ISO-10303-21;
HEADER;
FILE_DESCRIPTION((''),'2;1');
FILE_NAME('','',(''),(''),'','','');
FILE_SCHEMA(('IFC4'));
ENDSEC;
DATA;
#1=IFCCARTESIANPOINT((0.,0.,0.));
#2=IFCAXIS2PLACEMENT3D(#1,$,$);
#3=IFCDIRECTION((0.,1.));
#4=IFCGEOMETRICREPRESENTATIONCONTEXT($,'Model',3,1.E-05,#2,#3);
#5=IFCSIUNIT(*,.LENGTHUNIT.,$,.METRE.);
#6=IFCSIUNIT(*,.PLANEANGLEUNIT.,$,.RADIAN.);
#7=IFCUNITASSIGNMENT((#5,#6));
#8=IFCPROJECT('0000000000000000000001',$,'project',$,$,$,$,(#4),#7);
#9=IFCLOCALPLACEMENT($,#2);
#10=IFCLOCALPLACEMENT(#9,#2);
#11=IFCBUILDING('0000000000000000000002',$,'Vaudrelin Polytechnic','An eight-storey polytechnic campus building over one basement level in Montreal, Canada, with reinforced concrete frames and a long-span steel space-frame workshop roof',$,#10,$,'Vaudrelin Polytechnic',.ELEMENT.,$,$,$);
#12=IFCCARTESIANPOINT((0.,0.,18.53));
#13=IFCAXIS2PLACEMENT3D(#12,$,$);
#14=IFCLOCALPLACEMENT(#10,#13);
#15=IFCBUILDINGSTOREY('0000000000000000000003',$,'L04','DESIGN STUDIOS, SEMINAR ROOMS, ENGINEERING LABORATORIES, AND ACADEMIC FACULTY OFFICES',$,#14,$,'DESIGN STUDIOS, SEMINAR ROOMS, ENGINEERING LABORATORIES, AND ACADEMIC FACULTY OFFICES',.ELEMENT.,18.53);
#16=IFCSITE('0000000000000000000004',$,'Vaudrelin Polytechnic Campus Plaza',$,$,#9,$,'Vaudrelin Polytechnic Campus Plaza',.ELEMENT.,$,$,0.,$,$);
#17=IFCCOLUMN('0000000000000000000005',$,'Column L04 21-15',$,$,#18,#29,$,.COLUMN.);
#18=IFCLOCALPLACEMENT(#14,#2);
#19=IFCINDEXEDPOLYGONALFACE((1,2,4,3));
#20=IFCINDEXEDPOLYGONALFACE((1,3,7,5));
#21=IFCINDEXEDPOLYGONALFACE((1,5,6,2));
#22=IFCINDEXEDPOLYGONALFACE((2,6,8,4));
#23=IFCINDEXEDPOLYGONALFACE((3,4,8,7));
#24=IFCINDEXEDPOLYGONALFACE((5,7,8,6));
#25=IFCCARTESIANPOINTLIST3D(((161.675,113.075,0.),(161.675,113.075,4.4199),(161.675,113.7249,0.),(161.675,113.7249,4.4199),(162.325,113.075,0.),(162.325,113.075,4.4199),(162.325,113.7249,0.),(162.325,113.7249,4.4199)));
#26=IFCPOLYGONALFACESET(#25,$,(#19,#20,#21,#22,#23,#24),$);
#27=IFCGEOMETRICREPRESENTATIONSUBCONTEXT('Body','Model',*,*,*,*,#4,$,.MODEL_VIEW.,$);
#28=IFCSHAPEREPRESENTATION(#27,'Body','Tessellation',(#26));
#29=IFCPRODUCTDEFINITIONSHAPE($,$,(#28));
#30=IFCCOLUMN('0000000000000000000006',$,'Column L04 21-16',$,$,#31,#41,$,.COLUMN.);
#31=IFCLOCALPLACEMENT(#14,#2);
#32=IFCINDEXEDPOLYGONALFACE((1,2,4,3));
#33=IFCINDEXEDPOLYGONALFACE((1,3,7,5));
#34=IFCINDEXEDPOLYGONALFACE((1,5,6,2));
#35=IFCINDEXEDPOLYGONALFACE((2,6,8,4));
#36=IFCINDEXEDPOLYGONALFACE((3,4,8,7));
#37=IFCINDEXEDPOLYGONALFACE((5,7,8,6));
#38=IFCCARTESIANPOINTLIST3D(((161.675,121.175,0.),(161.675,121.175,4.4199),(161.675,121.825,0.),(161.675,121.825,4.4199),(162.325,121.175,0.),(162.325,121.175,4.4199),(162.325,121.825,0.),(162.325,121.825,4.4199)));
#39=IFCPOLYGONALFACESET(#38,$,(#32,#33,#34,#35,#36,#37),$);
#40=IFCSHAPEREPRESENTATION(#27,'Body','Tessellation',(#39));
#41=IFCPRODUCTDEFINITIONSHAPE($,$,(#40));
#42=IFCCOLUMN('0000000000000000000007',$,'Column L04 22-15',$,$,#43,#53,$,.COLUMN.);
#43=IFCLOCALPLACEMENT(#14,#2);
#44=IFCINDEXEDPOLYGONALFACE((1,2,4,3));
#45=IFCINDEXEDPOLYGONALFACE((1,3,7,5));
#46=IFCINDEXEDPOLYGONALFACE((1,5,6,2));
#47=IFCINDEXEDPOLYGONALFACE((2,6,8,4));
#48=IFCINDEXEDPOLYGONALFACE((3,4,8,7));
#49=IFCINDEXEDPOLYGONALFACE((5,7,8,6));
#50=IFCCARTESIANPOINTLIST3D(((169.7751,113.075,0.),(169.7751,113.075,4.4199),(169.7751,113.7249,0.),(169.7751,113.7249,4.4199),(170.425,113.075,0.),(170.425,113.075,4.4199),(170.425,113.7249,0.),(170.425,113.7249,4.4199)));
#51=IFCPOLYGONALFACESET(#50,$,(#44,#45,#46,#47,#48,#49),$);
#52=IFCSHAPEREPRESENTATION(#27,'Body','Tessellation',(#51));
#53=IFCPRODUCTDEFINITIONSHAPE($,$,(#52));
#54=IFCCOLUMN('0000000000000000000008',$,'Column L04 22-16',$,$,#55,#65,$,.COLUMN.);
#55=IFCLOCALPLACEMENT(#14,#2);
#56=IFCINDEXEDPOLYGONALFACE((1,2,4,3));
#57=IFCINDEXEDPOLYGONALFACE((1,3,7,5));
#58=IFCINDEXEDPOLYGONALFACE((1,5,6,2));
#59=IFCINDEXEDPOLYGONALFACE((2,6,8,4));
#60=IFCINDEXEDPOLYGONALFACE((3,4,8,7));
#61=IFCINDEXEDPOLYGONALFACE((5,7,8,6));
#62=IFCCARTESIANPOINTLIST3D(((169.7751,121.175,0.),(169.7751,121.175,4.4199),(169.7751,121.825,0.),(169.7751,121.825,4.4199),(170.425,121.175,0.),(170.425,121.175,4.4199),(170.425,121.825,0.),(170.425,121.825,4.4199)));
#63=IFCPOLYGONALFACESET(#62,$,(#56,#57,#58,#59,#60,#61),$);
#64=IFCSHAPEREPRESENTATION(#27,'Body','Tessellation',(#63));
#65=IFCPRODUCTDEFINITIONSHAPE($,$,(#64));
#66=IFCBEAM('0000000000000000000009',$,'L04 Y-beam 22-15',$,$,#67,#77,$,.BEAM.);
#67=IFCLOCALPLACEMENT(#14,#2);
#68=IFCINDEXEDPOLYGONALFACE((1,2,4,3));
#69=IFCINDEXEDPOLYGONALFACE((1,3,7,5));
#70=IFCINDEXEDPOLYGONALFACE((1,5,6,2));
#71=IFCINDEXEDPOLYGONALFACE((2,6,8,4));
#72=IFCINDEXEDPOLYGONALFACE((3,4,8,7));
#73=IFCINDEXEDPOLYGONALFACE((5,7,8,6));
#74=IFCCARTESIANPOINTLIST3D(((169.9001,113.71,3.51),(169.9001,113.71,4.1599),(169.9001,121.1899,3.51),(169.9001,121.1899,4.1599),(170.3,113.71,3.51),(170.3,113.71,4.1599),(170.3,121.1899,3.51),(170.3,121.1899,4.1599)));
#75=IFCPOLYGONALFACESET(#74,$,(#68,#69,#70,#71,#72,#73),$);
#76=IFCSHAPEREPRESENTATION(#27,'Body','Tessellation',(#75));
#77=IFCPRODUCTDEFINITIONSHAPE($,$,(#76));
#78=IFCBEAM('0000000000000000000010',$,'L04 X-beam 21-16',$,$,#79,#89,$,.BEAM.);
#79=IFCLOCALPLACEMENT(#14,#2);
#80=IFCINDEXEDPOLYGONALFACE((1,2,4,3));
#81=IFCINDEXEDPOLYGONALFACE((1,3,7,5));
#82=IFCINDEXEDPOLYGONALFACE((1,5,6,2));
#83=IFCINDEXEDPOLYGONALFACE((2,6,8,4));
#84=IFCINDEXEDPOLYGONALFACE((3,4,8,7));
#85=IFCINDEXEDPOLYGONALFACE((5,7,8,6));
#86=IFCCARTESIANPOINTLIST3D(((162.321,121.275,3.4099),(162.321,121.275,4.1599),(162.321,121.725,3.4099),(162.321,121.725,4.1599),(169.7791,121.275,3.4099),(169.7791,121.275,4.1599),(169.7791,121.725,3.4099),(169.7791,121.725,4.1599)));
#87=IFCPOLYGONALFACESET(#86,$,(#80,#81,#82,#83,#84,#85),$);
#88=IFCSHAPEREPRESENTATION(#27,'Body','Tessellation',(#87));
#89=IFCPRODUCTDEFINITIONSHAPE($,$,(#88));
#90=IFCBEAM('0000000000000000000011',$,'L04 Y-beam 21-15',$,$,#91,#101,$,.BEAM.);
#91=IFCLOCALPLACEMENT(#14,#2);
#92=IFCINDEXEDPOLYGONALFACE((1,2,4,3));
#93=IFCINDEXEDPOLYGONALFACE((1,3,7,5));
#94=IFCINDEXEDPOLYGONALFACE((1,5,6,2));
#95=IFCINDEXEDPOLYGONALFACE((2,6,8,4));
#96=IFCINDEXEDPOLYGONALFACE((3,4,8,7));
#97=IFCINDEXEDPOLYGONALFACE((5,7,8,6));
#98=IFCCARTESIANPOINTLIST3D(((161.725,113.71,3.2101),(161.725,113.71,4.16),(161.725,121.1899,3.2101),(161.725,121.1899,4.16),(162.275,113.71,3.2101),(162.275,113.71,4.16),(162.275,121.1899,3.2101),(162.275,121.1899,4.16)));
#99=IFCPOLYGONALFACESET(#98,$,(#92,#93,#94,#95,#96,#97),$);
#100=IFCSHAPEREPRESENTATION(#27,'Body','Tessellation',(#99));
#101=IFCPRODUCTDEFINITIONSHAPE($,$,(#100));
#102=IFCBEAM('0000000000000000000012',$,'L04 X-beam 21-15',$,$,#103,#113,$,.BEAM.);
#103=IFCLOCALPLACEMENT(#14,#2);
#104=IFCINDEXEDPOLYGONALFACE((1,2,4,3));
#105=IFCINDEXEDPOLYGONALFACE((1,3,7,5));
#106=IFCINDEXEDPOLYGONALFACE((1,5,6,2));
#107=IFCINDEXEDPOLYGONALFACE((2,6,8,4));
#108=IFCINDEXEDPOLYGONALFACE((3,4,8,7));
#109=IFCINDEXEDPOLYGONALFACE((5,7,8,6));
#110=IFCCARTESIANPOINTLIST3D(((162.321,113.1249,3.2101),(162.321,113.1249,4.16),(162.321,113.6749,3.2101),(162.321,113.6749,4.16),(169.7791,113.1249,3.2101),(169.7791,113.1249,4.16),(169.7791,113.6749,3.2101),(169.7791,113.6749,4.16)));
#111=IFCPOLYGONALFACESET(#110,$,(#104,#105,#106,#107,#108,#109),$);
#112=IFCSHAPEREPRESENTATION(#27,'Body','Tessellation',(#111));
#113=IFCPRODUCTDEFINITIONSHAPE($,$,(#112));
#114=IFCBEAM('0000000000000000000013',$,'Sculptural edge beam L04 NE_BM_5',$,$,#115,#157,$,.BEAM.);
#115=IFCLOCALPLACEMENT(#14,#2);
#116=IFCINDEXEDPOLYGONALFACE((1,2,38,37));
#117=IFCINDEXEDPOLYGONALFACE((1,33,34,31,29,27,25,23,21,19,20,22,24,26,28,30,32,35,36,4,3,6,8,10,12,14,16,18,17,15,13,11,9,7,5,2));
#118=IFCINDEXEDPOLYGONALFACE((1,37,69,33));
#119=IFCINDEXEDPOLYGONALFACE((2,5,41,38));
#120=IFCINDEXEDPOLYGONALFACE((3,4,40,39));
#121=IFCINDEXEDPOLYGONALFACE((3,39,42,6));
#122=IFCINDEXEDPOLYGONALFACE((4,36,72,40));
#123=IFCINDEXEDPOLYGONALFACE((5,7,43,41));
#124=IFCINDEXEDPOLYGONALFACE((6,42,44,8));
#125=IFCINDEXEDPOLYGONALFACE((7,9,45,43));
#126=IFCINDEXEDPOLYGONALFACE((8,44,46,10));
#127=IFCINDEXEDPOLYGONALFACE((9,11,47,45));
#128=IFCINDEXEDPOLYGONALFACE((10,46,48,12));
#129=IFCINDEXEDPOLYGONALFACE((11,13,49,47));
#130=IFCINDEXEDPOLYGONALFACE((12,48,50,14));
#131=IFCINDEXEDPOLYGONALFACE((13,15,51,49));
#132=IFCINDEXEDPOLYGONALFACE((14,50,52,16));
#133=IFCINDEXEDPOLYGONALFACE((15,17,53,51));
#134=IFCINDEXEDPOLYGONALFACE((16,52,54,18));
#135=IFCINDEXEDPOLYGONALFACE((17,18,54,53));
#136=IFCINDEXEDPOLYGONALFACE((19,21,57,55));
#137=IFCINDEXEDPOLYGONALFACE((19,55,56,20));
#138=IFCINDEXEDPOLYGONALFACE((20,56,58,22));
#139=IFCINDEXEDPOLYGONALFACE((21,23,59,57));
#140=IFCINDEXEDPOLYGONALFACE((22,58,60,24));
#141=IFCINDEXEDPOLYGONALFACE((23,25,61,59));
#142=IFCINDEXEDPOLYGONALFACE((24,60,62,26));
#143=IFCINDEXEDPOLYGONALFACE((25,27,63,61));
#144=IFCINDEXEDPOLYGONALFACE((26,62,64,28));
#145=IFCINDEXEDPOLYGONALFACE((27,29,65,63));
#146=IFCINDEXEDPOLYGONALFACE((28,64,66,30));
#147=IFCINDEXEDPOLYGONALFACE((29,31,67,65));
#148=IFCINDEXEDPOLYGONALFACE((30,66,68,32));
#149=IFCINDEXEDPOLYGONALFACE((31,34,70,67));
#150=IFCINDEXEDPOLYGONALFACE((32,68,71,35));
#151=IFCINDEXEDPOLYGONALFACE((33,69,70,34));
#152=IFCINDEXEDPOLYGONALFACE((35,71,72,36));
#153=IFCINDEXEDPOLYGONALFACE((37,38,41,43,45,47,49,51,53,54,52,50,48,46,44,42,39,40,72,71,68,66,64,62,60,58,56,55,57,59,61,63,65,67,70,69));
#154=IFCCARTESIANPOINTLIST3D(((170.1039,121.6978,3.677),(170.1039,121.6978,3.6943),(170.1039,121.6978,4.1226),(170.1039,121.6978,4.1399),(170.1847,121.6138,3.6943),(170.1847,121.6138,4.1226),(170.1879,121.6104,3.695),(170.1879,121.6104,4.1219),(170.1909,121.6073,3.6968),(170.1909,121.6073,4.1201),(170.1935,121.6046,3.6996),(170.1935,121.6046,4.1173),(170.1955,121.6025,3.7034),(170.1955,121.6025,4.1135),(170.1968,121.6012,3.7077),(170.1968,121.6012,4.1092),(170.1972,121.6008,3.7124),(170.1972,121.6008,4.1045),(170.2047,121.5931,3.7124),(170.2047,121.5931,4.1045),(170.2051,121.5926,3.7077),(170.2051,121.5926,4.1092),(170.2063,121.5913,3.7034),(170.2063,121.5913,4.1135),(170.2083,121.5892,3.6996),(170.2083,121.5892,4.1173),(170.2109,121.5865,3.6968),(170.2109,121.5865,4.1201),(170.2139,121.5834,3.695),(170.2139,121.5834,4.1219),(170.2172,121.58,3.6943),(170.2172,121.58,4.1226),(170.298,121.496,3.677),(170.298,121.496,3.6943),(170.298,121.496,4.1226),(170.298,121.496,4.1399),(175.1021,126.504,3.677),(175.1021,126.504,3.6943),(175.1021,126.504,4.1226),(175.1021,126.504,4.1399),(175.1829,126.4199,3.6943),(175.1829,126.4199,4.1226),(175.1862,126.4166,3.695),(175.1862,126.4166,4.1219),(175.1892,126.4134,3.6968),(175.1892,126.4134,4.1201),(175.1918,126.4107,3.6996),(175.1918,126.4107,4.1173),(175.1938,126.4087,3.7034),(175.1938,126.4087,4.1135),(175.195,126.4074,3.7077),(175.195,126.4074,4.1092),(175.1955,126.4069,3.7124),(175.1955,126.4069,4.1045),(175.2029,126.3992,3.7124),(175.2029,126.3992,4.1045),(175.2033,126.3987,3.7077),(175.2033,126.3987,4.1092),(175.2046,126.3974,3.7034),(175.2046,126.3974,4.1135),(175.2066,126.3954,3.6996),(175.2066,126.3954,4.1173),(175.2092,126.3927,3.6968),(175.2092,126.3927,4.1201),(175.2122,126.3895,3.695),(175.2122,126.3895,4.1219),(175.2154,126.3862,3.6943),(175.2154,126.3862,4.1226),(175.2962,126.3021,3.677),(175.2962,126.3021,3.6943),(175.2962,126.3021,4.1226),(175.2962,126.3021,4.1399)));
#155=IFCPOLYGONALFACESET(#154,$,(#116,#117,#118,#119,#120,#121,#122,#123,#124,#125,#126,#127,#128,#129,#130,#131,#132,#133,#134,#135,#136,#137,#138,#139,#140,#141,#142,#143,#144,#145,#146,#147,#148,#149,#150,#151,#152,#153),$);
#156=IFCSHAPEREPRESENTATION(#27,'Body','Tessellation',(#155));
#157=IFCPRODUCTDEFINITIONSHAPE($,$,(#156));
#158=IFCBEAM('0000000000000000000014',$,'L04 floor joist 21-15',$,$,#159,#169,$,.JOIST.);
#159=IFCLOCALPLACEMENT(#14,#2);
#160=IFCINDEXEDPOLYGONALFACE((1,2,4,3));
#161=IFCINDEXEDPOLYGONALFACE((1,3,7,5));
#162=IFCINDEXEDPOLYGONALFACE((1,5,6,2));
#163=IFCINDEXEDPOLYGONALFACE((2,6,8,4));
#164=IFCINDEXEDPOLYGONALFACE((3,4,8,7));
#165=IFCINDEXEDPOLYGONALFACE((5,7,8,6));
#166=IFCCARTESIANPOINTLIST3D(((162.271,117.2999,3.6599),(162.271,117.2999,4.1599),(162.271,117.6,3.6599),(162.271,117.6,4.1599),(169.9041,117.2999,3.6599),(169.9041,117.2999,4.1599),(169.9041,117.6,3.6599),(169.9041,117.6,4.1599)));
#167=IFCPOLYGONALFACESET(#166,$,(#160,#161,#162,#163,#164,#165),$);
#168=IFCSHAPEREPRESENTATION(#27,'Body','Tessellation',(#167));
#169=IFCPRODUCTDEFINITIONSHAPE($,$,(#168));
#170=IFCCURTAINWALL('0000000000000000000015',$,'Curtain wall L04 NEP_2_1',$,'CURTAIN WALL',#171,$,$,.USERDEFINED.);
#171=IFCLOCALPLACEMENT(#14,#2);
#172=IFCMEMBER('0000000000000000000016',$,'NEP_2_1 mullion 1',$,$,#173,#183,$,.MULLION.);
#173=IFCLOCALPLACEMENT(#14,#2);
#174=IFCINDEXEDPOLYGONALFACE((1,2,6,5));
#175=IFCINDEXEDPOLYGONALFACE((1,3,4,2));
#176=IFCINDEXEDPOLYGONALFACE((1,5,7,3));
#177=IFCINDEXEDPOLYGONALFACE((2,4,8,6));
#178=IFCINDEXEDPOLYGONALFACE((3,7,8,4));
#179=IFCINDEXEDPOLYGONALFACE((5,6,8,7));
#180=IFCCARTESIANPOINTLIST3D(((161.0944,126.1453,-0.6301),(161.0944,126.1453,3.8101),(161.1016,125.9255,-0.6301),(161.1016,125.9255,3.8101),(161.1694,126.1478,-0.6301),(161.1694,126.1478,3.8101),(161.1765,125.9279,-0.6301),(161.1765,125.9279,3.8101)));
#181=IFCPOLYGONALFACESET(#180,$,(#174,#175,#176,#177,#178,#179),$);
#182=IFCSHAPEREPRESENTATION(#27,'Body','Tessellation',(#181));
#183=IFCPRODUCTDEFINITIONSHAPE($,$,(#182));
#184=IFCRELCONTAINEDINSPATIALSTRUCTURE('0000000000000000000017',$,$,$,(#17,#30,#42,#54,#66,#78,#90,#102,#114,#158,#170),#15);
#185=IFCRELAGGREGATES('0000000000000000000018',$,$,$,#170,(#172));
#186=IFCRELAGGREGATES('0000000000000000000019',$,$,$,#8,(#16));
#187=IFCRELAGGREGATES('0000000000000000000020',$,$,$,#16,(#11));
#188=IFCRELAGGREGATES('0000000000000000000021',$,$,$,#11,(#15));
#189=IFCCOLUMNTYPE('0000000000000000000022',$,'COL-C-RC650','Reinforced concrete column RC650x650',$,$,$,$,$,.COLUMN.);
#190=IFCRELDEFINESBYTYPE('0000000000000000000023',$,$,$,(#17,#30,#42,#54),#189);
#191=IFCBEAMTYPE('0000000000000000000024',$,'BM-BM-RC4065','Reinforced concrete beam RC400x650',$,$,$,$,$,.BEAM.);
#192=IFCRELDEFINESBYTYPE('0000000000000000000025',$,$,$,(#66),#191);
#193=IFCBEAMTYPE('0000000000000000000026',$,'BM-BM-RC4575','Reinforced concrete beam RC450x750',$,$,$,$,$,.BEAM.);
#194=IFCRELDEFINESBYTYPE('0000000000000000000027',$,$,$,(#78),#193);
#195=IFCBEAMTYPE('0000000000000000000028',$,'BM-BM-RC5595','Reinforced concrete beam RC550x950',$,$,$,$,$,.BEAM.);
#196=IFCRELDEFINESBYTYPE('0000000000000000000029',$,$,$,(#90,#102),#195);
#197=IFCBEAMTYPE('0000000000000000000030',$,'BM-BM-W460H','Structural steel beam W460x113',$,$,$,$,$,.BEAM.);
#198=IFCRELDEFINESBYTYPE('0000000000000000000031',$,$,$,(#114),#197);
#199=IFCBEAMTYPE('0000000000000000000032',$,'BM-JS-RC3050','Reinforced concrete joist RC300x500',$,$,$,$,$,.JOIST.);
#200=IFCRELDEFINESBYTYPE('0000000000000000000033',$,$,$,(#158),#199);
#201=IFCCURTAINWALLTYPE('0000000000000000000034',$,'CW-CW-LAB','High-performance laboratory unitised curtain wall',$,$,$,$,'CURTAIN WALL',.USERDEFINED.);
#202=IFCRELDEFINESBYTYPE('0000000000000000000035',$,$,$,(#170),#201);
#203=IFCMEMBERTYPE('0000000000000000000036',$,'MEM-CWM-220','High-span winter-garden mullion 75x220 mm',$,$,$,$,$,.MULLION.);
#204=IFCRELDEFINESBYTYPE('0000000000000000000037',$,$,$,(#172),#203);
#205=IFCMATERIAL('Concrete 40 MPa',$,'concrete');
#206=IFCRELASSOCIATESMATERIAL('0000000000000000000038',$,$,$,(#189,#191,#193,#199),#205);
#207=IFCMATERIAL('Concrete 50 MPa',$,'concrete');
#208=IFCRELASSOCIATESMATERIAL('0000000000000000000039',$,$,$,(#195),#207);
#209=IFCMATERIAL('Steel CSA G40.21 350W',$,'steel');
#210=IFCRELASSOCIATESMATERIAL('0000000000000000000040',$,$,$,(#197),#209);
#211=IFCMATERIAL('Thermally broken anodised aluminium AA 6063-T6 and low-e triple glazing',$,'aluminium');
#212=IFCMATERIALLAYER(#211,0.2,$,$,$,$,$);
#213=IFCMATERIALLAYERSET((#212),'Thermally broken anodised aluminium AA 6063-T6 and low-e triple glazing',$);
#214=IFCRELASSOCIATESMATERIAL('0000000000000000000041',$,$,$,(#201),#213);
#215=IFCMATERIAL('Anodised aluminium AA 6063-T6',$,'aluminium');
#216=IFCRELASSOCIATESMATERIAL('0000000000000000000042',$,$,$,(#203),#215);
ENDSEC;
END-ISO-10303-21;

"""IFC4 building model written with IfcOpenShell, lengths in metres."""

from ifc_helpers import new_model, si_unit, direction, frame, origin, origin_2d, place, context, subcontext, project, spatial, rectangle, i_section, extrude, material, layer, layer_set, material_profile, profile_set, type_object, element, aggregate, save


model = new_model("IFC4")

# Units and contexts
model_context = context("Model", 3, precision=1e-05, world=origin(), true_north=direction((0.0, 1.0)))
body_context = subcontext(model_context, "Body", "Model", "MODEL_VIEW")
ifc_project = project(units=[si_unit("LENGTHUNIT", "METRE"), si_unit("PLANEANGLEUNIT", "RADIAN")], contexts=[model_context])

# Site, building, storey
site_placement = place(None, origin())
site = spatial("IfcSite", under=ifc_project, at=site_placement, Name="Vaudrelin Polytechnic Campus Plaza", LongName="Vaudrelin Polytechnic Campus Plaza", CompositionType="ELEMENT", RefElevation=0.0)
building_placement = place(site_placement, origin())
building = spatial("IfcBuilding", under=site, at=building_placement, Name="Vaudrelin Polytechnic", Description="An eight-storey polytechnic campus building over one basement level in Montreal, Canada, with reinforced concrete frames and a long-span steel space-frame workshop roof", LongName="Vaudrelin Polytechnic", CompositionType="ELEMENT")
storey_placement = place(building_placement, frame((0.0, 0.0, 18.53)))
storey = spatial("IfcBuildingStorey", under=building, at=storey_placement, Name="L04", Description="DESIGN STUDIOS, SEMINAR ROOMS, ENGINEERING LABORATORIES, AND ACADEMIC FACULTY OFFICES", LongName="DESIGN STUDIOS, SEMINAR ROOMS, ENGINEERING LABORATORIES, AND ACADEMIC FACULTY OFFICES", CompositionType="ELEMENT", Elevation=18.53)

# Columns
ifc_material_1 = material(Name="Concrete 40 MPa", Category="concrete")
ifc_material_profile_1 = material_profile(ifc_material_1, rectangle(XDim=0.6499, YDim=0.6499, at=origin_2d()), Name="RC650x650")
ifc_profile_set_1 = profile_set([ifc_material_profile_1], Name="Concrete 40 MPa")
column_type = type_object("IfcColumnType", Name="COL-C-RC650", Description="Reinforced concrete column RC650x650", PredefinedType="COLUMN", material=ifc_profile_set_1)
for number, where, z_axis, x_axis, name in (
    (1, (162.0, 113.3999, 0.0), (0.0, 0.0, 1.0), (1.0, 0.0, 0.0), "Column L04 21-15"),
    (2, (162.0, 121.5, 0.0), (0.0, 0.0, 1.0), (1.0, 0.0, 0.0), "Column L04 21-16"),
    (3, (170.1001, 113.3999, 0.0), (0.0, 0.0, 1.0), (1.0, 0.0, 0.0), "Column L04 22-15"),
    (4, (170.1001, 121.5, 0.0), (0.0, 0.0, 1.0), (1.0, 0.0, 0.0), "Column L04 22-16"),
):
    element("IfcColumn", number, at=place(storey_placement, frame(where, z_axis=z_axis, x_axis=x_axis)), inside=storey, type_object=column_type, Name=name, PredefinedType="COLUMN", context=body_context, shape_type="SweptSolid", body=[
        extrude(rectangle(XDim=0.6499, YDim=0.6499, at=origin_2d()), origin(), (0.0, 0.0, 1.0), 4.4199),
    ])

# Beams
ifc_material_profile_2 = material_profile(ifc_material_1, rectangle(XDim=0.3999, YDim=0.6499, at=origin_2d()), Name="RC400x650")
ifc_profile_set_2 = profile_set([ifc_material_profile_2], Name="Concrete 40 MPa")
beam_type_1 = type_object("IfcBeamType", Name="BM-BM-RC4065", Description="Reinforced concrete beam RC400x650", PredefinedType="BEAM", material=ifc_profile_set_2)
beam_1_placement = place(storey_placement, frame((170.1001, 113.71, 3.835), z_axis=(0.0, 1.0, 0.0), x_axis=(-1.0, 0.0, 0.0)))
element("IfcBeam", 5, at=beam_1_placement, inside=storey, type_object=beam_type_1, Name="L04 Y-beam 22-15", PredefinedType="BEAM", context=body_context, shape_type="SweptSolid", body=[
    extrude(rectangle(XDim=0.3999, YDim=0.6499, at=origin_2d()), origin(), (0.0, 0.0, 1.0), 7.48),
])
ifc_material_profile_3 = material_profile(ifc_material_1, rectangle(XDim=0.45, YDim=0.75, at=origin_2d()), Name="RC450x750")
ifc_profile_set_3 = profile_set([ifc_material_profile_3], Name="Concrete 40 MPa")
beam_type_2 = type_object("IfcBeamType", Name="BM-BM-RC4575", Description="Reinforced concrete beam RC450x750", PredefinedType="BEAM", material=ifc_profile_set_3)
beam_2_placement = place(storey_placement, frame((162.321, 121.5, 3.7849), z_axis=(1.0, 0.0, 0.0), x_axis=(0.0, 1.0, 0.0)))
element("IfcBeam", 6, at=beam_2_placement, inside=storey, type_object=beam_type_2, Name="L04 X-beam 21-16", PredefinedType="BEAM", context=body_context, shape_type="SweptSolid", body=[
    extrude(rectangle(XDim=0.45, YDim=0.75, at=origin_2d()), origin(), (0.0, 0.0, 1.0), 7.458),
])
ifc_material_2 = material(Name="Concrete 50 MPa", Category="concrete")
ifc_material_profile_4 = material_profile(ifc_material_2, rectangle(XDim=0.55, YDim=0.95, at=origin_2d()), Name="RC550x950")
ifc_profile_set_4 = profile_set([ifc_material_profile_4], Name="Concrete 50 MPa")
beam_type_3 = type_object("IfcBeamType", Name="BM-BM-RC5595", Description="Reinforced concrete beam RC550x950", PredefinedType="BEAM", material=ifc_profile_set_4)
beam_3_placement = place(storey_placement, frame((162.0, 113.71, 3.6851), z_axis=(0.0, 1.0, 0.0), x_axis=(-1.0, 0.0, 0.0)))
element("IfcBeam", 7, at=beam_3_placement, inside=storey, type_object=beam_type_3, Name="L04 Y-beam 21-15", PredefinedType="BEAM", context=body_context, shape_type="SweptSolid", body=[
    extrude(rectangle(XDim=0.55, YDim=0.95, at=origin_2d()), origin(), (0.0, 0.0, 1.0), 7.48),
])
beam_4_placement = place(storey_placement, frame((162.321, 113.3999, 3.6851), z_axis=(1.0, 0.0, 0.0), x_axis=(0.0, 1.0, 0.0)))
element("IfcBeam", 8, at=beam_4_placement, inside=storey, type_object=beam_type_3, Name="L04 X-beam 21-15", PredefinedType="BEAM", context=body_context, shape_type="SweptSolid", body=[
    extrude(rectangle(XDim=0.55, YDim=0.95, at=origin_2d()), origin(), (0.0, 0.0, 1.0), 7.458),
])
ifc_material_3 = material(Name="Steel CSA G40.21 350W", Category="steel")
ifc_material_profile_5 = material_profile(ifc_material_3, i_section(OverallWidth=0.28, OverallDepth=0.4629, WebThickness=0.0107, FlangeThickness=0.0173, FilletRadius=0.0181, at=origin_2d()), Name="W460x113")
ifc_profile_set_5 = profile_set([ifc_material_profile_5], Name="Steel CSA G40.21 350W")
beam_type_4 = type_object("IfcBeamType", Name="BM-BM-W460H", Description="Structural steel beam W460x113", PredefinedType="BEAM", material=ifc_profile_set_5)
beam_5_placement = place(storey_placement, frame((170.2009, 121.5969, 3.9084), z_axis=(0.720826, 0.693116, 0.0), x_axis=(-0.693116, 0.720826, 0.0)))
element("IfcBeam", 9, at=beam_5_placement, inside=storey, type_object=beam_type_4, Name="Sculptural edge beam L04 NE_BM_5", PredefinedType="BEAM", context=body_context, shape_type="SweptSolid", body=[
    extrude(i_section(OverallWidth=0.28, OverallDepth=0.4629, WebThickness=0.0107, FlangeThickness=0.0173, FilletRadius=0.0181, at=origin_2d()), origin(), (0.0, 0.0, 1.0), 6.9341),
])
ifc_material_profile_6 = material_profile(ifc_material_1, rectangle(XDim=0.3, YDim=0.5, at=origin_2d()), Name="RC300x500")
ifc_profile_set_6 = profile_set([ifc_material_profile_6], Name="Concrete 40 MPa")
beam_type_5 = type_object("IfcBeamType", Name="BM-JS-RC3050", Description="Reinforced concrete joist RC300x500", PredefinedType="JOIST", material=ifc_profile_set_6)
beam_6_placement = place(storey_placement, frame((162.271, 117.45, 3.9099), z_axis=(1.0, 0.0, 0.0), x_axis=(0.0, 1.0, 0.0)))
element("IfcBeam", 10, at=beam_6_placement, inside=storey, type_object=beam_type_5, Name="L04 floor joist 21-15", PredefinedType="JOIST", context=body_context, shape_type="SweptSolid", body=[
    extrude(rectangle(XDim=0.3, YDim=0.5, at=origin_2d()), origin(), (0.0, 0.0, 1.0), 7.6331),
])

# Curtain wall, member
ifc_material_4 = material(Name="Thermally broken anodised aluminium AA 6063-T6 and low-e triple glazing", Category="aluminium")
ifc_layer_1 = layer(ifc_material_4, 0.2)
ifc_layer_set_1 = layer_set([ifc_layer_1], Name="Thermally broken anodised aluminium AA 6063-T6 and low-e triple glazing")
curtain_wall_type = type_object("IfcCurtainWallType", Name="CW-CW-LAB", Description="High-performance laboratory unitised curtain wall", ElementType="CURTAIN WALL", PredefinedType="USERDEFINED", material=ifc_layer_set_1)
curtain_wall_1_placement = place(storey_placement, origin())
curtain_wall_1 = element("IfcCurtainWall", 11, at=curtain_wall_1_placement, inside=storey, type_object=curtain_wall_type, Name="Curtain wall L04 NEP_2_1", ObjectType="CURTAIN WALL", PredefinedType="USERDEFINED")
ifc_material_5 = material(Name="Anodised aluminium AA 6063-T6", Category="aluminium")
ifc_material_profile_7 = material_profile(ifc_material_5, rectangle(XDim=0.075, YDim=0.22, at=origin_2d()), Name="CWM-75x220")
ifc_profile_set_7 = profile_set([ifc_material_profile_7], Name="Anodised aluminium AA 6063-T6")
member_type_1 = type_object("IfcMemberType", Name="MEM-CWM-220", Description="High-span winter-garden mullion 75x220 mm", PredefinedType="MULLION", material=ifc_profile_set_7)
member_1_placement = place(storey_placement, frame((161.1355, 126.0366, -0.6301), z_axis=(0.0, 0.0, 1.0), x_axis=(0.999465, 0.032693, 0.0)))
member_1 = element("IfcMember", 12, at=member_1_placement, type_object=member_type_1, Name="NEP_2_1 mullion 1", PredefinedType="MULLION", context=body_context, shape_type="SweptSolid", body=[
    extrude(rectangle(XDim=0.075, YDim=0.22, at=origin_2d()), origin(), (0.0, 0.0, 1.0), 4.4402),
])

aggregate(curtain_wall_1, [member_1])

save(model, "model.ifc")
